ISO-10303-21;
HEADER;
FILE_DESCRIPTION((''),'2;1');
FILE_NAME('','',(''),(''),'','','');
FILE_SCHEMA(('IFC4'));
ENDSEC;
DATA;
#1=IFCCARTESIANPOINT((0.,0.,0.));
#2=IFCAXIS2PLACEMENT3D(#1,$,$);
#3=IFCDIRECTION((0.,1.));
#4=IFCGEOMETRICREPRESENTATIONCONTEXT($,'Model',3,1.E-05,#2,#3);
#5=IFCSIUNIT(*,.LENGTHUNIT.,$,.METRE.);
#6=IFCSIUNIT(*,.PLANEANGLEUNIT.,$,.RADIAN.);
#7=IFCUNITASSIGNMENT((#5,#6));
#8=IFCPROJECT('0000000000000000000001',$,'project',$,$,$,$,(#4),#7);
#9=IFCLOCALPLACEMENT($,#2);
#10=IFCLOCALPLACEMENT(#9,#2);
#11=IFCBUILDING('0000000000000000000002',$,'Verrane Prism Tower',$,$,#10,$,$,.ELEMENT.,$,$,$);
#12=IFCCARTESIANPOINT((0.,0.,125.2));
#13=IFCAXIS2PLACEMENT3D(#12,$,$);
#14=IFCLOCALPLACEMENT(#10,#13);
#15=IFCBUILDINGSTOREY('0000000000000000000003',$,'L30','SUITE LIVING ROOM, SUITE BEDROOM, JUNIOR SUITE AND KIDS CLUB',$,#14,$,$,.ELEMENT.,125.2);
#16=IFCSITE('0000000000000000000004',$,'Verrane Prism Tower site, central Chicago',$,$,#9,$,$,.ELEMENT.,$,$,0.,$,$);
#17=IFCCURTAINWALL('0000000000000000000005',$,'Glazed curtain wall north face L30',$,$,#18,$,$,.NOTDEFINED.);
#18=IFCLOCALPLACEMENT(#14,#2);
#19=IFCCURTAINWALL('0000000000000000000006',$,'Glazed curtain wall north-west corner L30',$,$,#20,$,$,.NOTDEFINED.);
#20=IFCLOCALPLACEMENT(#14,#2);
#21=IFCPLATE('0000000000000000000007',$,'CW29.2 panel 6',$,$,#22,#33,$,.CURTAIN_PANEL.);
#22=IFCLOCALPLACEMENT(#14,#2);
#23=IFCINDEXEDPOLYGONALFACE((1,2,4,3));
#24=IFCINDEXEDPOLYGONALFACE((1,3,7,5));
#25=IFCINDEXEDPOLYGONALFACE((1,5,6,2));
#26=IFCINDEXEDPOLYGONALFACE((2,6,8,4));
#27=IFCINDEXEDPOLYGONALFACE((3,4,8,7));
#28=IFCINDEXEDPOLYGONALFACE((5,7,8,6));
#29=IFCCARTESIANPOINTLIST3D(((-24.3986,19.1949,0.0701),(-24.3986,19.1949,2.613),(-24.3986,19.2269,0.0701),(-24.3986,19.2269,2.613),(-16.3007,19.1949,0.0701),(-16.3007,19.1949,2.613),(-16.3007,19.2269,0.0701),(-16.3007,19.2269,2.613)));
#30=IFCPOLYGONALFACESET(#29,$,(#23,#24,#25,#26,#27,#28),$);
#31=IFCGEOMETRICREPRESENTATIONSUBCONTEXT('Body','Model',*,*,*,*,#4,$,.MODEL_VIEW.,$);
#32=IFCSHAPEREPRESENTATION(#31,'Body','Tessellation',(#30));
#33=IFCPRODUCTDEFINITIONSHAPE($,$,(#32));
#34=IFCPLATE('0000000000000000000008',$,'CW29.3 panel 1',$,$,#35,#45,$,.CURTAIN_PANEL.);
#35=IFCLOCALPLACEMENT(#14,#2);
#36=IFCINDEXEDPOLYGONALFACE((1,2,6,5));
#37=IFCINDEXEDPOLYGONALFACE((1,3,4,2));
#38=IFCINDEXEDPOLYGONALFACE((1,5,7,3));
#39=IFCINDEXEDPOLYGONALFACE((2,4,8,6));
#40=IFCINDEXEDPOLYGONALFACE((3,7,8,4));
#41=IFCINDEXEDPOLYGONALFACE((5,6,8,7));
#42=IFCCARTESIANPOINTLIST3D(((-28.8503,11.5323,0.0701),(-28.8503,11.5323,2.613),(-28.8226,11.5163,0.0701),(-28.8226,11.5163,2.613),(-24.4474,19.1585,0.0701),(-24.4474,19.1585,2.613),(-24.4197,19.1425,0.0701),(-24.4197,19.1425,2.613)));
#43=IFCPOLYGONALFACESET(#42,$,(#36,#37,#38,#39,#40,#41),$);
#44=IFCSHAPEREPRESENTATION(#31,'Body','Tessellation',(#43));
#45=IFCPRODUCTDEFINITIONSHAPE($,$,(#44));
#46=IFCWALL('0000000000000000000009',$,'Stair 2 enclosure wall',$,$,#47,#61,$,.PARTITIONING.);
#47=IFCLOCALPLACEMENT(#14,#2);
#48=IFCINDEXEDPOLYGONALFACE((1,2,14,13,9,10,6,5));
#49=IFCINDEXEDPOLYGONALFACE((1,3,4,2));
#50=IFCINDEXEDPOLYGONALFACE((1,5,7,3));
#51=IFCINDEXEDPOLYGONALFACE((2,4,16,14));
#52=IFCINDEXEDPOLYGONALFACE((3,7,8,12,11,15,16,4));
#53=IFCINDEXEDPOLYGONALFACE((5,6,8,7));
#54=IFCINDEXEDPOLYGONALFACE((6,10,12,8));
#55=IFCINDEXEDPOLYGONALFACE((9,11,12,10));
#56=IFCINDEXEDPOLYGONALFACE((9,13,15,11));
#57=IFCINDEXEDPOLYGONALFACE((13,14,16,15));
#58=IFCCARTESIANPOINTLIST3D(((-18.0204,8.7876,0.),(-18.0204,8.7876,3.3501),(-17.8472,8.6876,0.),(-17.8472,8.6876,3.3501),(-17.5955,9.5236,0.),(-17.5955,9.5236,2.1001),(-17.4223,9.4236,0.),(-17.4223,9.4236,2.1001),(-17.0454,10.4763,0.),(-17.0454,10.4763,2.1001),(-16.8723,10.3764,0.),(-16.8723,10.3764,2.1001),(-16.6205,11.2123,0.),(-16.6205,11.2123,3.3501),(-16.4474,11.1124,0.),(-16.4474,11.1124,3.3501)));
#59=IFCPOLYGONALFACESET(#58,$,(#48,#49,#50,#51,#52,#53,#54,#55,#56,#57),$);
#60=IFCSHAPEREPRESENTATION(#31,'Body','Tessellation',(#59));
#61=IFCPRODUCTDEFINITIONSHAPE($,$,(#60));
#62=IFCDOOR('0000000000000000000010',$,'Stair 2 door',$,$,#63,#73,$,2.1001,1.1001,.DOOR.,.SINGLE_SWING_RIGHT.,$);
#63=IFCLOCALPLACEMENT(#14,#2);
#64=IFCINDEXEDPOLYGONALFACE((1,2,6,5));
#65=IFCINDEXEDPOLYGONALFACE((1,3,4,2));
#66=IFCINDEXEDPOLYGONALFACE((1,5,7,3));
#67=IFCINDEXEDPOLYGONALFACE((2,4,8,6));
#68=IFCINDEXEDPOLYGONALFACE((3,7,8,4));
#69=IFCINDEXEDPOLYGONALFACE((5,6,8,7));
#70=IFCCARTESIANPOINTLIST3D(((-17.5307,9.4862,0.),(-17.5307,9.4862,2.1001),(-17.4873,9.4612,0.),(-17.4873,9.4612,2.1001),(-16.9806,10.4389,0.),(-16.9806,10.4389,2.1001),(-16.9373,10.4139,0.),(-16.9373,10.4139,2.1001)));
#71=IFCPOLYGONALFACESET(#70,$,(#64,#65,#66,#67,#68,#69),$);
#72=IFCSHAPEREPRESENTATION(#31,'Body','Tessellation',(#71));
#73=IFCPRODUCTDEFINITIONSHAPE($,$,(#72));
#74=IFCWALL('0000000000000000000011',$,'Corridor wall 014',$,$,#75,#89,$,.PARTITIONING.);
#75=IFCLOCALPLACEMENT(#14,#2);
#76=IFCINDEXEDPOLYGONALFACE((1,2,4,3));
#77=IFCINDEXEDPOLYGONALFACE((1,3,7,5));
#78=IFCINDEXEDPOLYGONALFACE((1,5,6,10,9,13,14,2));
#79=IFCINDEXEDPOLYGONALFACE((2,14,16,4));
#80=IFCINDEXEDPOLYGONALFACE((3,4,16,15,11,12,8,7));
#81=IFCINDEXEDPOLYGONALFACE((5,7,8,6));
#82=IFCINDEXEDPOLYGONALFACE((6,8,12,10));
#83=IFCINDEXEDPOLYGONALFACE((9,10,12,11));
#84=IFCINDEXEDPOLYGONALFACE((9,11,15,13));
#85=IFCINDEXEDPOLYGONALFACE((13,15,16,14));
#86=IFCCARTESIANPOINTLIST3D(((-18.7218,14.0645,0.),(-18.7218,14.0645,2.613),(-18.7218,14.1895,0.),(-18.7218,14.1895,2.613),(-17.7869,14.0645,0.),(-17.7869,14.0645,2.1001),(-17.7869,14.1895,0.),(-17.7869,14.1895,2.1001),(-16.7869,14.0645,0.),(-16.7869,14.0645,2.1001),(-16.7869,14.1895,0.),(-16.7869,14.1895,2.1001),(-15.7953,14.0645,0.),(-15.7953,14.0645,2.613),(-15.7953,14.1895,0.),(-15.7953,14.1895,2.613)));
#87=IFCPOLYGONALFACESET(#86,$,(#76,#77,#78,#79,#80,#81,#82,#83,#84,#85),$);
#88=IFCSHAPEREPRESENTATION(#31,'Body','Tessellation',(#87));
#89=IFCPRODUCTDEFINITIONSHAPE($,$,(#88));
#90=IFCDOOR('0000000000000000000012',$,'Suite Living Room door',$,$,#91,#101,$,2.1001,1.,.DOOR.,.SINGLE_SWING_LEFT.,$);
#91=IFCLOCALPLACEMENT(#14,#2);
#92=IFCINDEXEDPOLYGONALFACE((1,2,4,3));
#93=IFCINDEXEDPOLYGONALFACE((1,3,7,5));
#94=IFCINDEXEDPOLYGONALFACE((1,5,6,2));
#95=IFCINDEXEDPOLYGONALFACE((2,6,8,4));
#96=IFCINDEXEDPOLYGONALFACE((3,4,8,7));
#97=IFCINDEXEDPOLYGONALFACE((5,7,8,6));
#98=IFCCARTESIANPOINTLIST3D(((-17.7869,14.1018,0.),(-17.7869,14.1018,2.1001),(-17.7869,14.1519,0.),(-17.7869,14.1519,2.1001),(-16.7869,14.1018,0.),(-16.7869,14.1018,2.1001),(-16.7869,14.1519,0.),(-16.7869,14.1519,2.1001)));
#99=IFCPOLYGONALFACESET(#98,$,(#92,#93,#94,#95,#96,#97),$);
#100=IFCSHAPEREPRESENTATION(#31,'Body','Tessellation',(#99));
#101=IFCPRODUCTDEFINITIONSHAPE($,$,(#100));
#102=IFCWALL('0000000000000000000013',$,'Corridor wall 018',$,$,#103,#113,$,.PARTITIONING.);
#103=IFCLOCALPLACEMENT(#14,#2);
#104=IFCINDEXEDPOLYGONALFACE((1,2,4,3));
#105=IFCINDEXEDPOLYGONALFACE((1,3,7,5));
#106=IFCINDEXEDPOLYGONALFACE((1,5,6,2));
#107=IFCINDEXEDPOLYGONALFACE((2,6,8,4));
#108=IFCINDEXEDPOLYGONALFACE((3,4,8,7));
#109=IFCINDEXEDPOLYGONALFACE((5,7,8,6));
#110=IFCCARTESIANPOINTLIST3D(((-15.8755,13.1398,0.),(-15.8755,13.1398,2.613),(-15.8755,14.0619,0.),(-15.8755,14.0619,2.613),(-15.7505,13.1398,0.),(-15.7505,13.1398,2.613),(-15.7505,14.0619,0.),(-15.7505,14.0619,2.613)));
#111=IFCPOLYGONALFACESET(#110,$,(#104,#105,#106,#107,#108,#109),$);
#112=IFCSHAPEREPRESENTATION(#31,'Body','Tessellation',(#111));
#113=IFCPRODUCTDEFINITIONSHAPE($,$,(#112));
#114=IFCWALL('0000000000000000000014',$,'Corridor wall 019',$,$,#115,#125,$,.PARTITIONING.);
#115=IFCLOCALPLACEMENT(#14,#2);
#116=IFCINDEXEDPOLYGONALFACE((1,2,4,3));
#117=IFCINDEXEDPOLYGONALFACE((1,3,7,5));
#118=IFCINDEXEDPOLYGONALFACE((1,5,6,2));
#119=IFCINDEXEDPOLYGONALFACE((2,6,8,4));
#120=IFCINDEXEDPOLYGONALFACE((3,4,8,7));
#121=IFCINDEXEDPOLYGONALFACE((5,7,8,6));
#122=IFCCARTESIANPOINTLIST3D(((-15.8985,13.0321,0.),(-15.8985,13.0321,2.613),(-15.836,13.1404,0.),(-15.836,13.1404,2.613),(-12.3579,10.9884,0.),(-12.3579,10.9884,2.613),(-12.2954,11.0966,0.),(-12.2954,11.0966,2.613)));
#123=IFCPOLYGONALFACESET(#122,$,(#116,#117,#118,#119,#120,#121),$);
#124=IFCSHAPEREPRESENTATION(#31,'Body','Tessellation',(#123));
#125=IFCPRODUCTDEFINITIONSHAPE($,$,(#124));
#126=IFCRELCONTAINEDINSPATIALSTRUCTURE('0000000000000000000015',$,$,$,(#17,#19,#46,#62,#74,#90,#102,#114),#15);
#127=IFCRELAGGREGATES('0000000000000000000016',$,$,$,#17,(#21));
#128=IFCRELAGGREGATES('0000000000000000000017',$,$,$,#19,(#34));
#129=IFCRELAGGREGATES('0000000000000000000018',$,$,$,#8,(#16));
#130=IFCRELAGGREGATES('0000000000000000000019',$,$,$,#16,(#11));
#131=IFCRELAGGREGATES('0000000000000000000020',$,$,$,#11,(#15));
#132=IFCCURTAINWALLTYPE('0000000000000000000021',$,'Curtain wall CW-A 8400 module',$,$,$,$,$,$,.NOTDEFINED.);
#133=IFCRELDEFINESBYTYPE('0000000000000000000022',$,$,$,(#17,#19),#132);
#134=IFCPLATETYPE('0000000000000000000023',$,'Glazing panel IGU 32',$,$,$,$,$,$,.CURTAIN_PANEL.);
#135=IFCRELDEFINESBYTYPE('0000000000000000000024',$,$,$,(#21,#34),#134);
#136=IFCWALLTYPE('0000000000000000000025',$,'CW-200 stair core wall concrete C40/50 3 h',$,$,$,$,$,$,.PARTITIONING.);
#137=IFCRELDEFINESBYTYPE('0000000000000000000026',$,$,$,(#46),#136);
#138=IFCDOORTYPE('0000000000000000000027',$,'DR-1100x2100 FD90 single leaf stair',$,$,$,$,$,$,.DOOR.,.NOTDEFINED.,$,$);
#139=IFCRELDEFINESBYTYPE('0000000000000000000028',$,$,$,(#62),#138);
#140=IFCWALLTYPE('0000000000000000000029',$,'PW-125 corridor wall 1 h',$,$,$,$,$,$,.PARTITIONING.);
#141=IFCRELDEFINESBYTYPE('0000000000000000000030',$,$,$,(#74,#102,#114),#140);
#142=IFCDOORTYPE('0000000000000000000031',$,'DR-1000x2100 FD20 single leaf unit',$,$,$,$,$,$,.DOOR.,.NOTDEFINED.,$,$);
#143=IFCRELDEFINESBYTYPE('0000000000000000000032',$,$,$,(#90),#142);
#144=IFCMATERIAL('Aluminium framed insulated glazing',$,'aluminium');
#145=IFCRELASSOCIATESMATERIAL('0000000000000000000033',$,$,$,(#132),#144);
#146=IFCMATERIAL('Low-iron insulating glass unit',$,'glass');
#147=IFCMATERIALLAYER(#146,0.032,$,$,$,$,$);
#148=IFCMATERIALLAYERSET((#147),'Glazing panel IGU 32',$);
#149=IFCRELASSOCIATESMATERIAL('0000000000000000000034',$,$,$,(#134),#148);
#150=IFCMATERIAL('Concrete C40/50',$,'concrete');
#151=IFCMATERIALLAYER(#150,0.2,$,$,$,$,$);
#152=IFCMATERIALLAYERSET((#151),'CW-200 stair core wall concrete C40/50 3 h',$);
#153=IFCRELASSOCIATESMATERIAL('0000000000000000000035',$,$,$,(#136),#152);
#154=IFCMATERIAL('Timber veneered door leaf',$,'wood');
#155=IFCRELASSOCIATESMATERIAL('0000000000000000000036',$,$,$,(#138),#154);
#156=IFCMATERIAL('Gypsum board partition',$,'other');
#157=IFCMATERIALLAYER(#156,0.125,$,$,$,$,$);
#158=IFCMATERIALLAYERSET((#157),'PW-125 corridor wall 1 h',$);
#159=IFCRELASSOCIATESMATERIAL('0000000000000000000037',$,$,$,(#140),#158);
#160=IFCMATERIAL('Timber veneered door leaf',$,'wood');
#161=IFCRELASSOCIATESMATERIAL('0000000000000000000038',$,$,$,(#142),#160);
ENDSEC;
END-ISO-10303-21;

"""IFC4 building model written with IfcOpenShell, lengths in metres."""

from ifc_helpers import new_model, si_unit, direction, frame, frame_2d, origin, origin_2d, place, context, subcontext, project, spatial, rectangle, extrude, material, layer, layer_set, type_object, element, fill, aggregate, save


model = new_model("IFC4")

# Units and contexts
model_context = context("Model", 3, precision=1e-05, world=origin(), true_north=direction((0.0, 1.0)))
body_context = subcontext(model_context, "Body", "Model", "MODEL_VIEW")
ifc_project = project(units=[si_unit("LENGTHUNIT", "METRE"), si_unit("PLANEANGLEUNIT", "RADIAN")], contexts=[model_context])

# Site, building, storey
site_placement = place(None, origin())
site = spatial("IfcSite", under=ifc_project, at=site_placement, Name="Verrane Prism Tower site, central Chicago", CompositionType="ELEMENT", RefElevation=0.0)
building_placement = place(site_placement, origin())
building = spatial("IfcBuilding", under=site, at=building_placement, Name="Verrane Prism Tower", CompositionType="ELEMENT")
storey_placement = place(building_placement, frame((0.0, 0.0, 125.2)))
storey = spatial("IfcBuildingStorey", under=building, at=storey_placement, Name="L30", Description="SUITE LIVING ROOM, SUITE BEDROOM, JUNIOR SUITE AND KIDS CLUB", CompositionType="ELEMENT", Elevation=125.2)

# Curtain walls
ifc_material_1 = material(Name="Aluminium framed insulated glazing", Category="aluminium")
curtain_wall_type_1 = type_object("IfcCurtainWallType", Name="Curtain wall CW-A 8400 module", PredefinedType="NOTDEFINED", material=ifc_material_1)
curtain_wall_1_placement = place(storey_placement, origin())
curtain_wall_1 = element("IfcCurtainWall", 1, at=curtain_wall_1_placement, inside=storey, type_object=curtain_wall_type_1, Name="Glazed curtain wall north face L30", PredefinedType="NOTDEFINED")
curtain_wall_2_placement = place(storey_placement, origin())
curtain_wall_2 = element("IfcCurtainWall", 2, at=curtain_wall_2_placement, inside=storey, type_object=curtain_wall_type_1, Name="Glazed curtain wall north-west corner L30", PredefinedType="NOTDEFINED")

# Plates
ifc_material_2 = material(Name="Low-iron insulating glass unit", Category="glass")
ifc_layer_1 = layer(ifc_material_2, 0.032)
ifc_layer_set_1 = layer_set([ifc_layer_1], Name="Glazing panel IGU 32")
plate_type = type_object("IfcPlateType", Name="Glazing panel IGU 32", PredefinedType="CURTAIN_PANEL", material=ifc_layer_set_1)
plate_1_placement = place(storey_placement, frame((-20.3496, 19.2109, 0.0701), z_axis=(0.0, 0.0, 1.0), x_axis=(-1.0, 0.0, 0.0)))
plate_1 = element("IfcPlate", 3, at=plate_1_placement, type_object=plate_type, Name="CW29.2 panel 6", PredefinedType="CURTAIN_PANEL", context=body_context, shape_type="SweptSolid", body=[
    extrude(rectangle(XDim=8.0979, YDim=0.032, at=origin_2d()), origin(), (0.0, 0.0, 1.0), 2.543),
])
aggregate(curtain_wall_1, [plate_1])
plate_2_placement = place(storey_placement, frame((-26.635, 15.3374, 0.0701), z_axis=(0.0, 0.0, 1.0), x_axis=(-0.499998, -0.866026, 0.0)))
plate_2 = element("IfcPlate", 4, at=plate_2_placement, type_object=plate_type, Name="CW29.3 panel 1", PredefinedType="CURTAIN_PANEL", context=body_context, shape_type="SweptSolid", body=[
    extrude(rectangle(XDim=8.8059, YDim=0.032, at=origin_2d()), origin(), (0.0, 0.0, 1.0), 2.543),
])
aggregate(curtain_wall_2, [plate_2])

# Walls, openings, doors
ifc_material_3 = material(Name="Concrete C40/50", Category="concrete")
ifc_layer_2 = layer(ifc_material_3, 0.2)
ifc_layer_set_2 = layer_set([ifc_layer_2], Name="CW-200 stair core wall concrete C40/50 3 h")
wall_type_1 = type_object("IfcWallType", Name="CW-200 stair core wall concrete C40/50 3 h", PredefinedType="PARTITIONING", material=ifc_layer_set_2)
wall_1_placement = place(storey_placement, frame((-16.5339, 11.1624, 0.0), z_axis=(0.0, 0.0, 1.0), x_axis=(-0.499984, -0.866035, 0.0)))
wall_1 = element("IfcWall", 5, at=wall_1_placement, inside=storey, type_object=wall_type_1, Name="Stair 2 enclosure wall", PredefinedType="PARTITIONING", context=body_context, shape_type="SweptSolid", body=[
    extrude(rectangle(XDim=2.7998, YDim=0.2, at=frame_2d((1.3999, 0.0))), origin(), (0.0, 0.0, 1.0), 3.3501),
])
opening_1_placement = place(wall_1_placement, frame((0.8499, 0.0, 0.0)))
opening_1 = element("IfcOpeningElement", 6, at=opening_1_placement, cuts=wall_1, PredefinedType="OPENING", context=body_context, shape_type="SweptSolid", body=[
    extrude(rectangle(XDim=1.1001, YDim=2.1001, at=frame_2d((0.55, 1.05))), frame((0.0, 0.1099, 0.0), z_axis=(0.0, -1.0, 0.0), x_axis=(1.0, 0.0, 0.0)), (0.0, 0.0, 1.0), 0.22),
])
ifc_material_4 = material(Name="Timber veneered door leaf", Category="wood")
door_type_1 = type_object("IfcDoorType", Name="DR-1100x2100 FD90 single leaf stair", OperationType="NOTDEFINED", PredefinedType="DOOR", material=ifc_material_4)
door_1_placement = place(opening_1_placement, origin())
door_1 = element("IfcDoor", 7, at=door_1_placement, inside=storey, type_object=door_type_1, Name="Stair 2 door", OperationType="SINGLE_SWING_RIGHT", OverallHeight=2.1001, OverallWidth=1.1001, PredefinedType="DOOR", context=body_context, shape_type="SweptSolid", body=[
    extrude(rectangle(XDim=1.1001, YDim=2.1001, at=frame_2d((0.55, 1.05))), frame((0.0, 0.0249, 0.0), z_axis=(0.0, -1.0, 0.0), x_axis=(1.0, 0.0, 0.0)), (0.0, 0.0, 1.0), 0.05),
])
fill(opening_1, door_1)
ifc_material_5 = material(Name="Gypsum board partition", Category="other")
ifc_layer_3 = layer(ifc_material_5, 0.125)
ifc_layer_set_3 = layer_set([ifc_layer_3], Name="PW-125 corridor wall 1 h")
wall_type_2 = type_object("IfcWallType", Name="PW-125 corridor wall 1 h", PredefinedType="PARTITIONING", material=ifc_layer_set_3)
wall_2_placement = place(storey_placement, frame((-18.7219, 14.127, 0.0), z_axis=(0.0, 0.0, 1.0), x_axis=(1.0, 0.0, 0.0)))
wall_2 = element("IfcWall", 8, at=wall_2_placement, inside=storey, type_object=wall_type_2, Name="Corridor wall 014", PredefinedType="PARTITIONING", context=body_context, shape_type="SweptSolid", body=[
    extrude(rectangle(XDim=2.9265, YDim=0.125, at=frame_2d((1.4634, 0.0))), origin(), (0.0, 0.0, 1.0), 2.613),
])
opening_2_placement = place(wall_2_placement, frame((0.9351, 0.0, 0.0)))
opening_2 = element("IfcOpeningElement", 9, at=opening_2_placement, cuts=wall_2, PredefinedType="OPENING", context=body_context, shape_type="SweptSolid", body=[
    extrude(rectangle(XDim=1.0, YDim=2.1001, at=frame_2d((0.5, 1.05))), frame((0.0, 0.0725, 0.0), z_axis=(0.0, -1.0, 0.0), x_axis=(1.0, 0.0, 0.0)), (0.0, 0.0, 1.0), 0.145),
])
ifc_material_6 = material(Name="Timber veneered door leaf", Category="wood")
door_type_2 = type_object("IfcDoorType", Name="DR-1000x2100 FD20 single leaf unit", OperationType="NOTDEFINED", PredefinedType="DOOR", material=ifc_material_6)
door_2_placement = place(opening_2_placement, origin())
door_2 = element("IfcDoor", 10, at=door_2_placement, inside=storey, type_object=door_type_2, Name="Suite Living Room door", OperationType="SINGLE_SWING_LEFT", OverallHeight=2.1001, OverallWidth=1.0, PredefinedType="DOOR", context=body_context, shape_type="SweptSolid", body=[
    extrude(rectangle(XDim=1.0, YDim=2.1001, at=frame_2d((0.5, 1.05))), frame((0.0, 0.0249, 0.0), z_axis=(0.0, -1.0, 0.0), x_axis=(1.0, 0.0, 0.0)), (0.0, 0.0, 1.0), 0.05),
])
fill(opening_2, door_2)

# Walls
wall_3_placement = place(storey_placement, frame((-15.813, 13.1399, 0.0), z_axis=(0.0, 0.0, 1.0), x_axis=(0.0, 1.0, 0.0)))
element("IfcWall", 11, at=wall_3_placement, inside=storey, type_object=wall_type_2, Name="Corridor wall 018", PredefinedType="PARTITIONING", context=body_context, shape_type="SweptSolid", body=[
    extrude(rectangle(XDim=0.9221, YDim=0.125, at=frame_2d((0.4609, 0.0))), origin(), (0.0, 0.0, 1.0), 2.613),
])
wall_4_placement = place(storey_placement, frame((-15.8672, 13.0862, 0.0), z_axis=(0.0, 0.0, 1.0), x_axis=(0.86607, -0.499922, 0.0)))
element("IfcWall", 12, at=wall_4_placement, inside=storey, type_object=wall_type_2, Name="Corridor wall 019", PredefinedType="PARTITIONING", context=body_context, shape_type="SweptSolid", body=[
    extrude(rectangle(XDim=4.0881, YDim=0.125, at=frame_2d((2.0439, 0.0))), origin(), (0.0, 0.0, 1.0), 2.613),
])

save(model, "model.ifc")
